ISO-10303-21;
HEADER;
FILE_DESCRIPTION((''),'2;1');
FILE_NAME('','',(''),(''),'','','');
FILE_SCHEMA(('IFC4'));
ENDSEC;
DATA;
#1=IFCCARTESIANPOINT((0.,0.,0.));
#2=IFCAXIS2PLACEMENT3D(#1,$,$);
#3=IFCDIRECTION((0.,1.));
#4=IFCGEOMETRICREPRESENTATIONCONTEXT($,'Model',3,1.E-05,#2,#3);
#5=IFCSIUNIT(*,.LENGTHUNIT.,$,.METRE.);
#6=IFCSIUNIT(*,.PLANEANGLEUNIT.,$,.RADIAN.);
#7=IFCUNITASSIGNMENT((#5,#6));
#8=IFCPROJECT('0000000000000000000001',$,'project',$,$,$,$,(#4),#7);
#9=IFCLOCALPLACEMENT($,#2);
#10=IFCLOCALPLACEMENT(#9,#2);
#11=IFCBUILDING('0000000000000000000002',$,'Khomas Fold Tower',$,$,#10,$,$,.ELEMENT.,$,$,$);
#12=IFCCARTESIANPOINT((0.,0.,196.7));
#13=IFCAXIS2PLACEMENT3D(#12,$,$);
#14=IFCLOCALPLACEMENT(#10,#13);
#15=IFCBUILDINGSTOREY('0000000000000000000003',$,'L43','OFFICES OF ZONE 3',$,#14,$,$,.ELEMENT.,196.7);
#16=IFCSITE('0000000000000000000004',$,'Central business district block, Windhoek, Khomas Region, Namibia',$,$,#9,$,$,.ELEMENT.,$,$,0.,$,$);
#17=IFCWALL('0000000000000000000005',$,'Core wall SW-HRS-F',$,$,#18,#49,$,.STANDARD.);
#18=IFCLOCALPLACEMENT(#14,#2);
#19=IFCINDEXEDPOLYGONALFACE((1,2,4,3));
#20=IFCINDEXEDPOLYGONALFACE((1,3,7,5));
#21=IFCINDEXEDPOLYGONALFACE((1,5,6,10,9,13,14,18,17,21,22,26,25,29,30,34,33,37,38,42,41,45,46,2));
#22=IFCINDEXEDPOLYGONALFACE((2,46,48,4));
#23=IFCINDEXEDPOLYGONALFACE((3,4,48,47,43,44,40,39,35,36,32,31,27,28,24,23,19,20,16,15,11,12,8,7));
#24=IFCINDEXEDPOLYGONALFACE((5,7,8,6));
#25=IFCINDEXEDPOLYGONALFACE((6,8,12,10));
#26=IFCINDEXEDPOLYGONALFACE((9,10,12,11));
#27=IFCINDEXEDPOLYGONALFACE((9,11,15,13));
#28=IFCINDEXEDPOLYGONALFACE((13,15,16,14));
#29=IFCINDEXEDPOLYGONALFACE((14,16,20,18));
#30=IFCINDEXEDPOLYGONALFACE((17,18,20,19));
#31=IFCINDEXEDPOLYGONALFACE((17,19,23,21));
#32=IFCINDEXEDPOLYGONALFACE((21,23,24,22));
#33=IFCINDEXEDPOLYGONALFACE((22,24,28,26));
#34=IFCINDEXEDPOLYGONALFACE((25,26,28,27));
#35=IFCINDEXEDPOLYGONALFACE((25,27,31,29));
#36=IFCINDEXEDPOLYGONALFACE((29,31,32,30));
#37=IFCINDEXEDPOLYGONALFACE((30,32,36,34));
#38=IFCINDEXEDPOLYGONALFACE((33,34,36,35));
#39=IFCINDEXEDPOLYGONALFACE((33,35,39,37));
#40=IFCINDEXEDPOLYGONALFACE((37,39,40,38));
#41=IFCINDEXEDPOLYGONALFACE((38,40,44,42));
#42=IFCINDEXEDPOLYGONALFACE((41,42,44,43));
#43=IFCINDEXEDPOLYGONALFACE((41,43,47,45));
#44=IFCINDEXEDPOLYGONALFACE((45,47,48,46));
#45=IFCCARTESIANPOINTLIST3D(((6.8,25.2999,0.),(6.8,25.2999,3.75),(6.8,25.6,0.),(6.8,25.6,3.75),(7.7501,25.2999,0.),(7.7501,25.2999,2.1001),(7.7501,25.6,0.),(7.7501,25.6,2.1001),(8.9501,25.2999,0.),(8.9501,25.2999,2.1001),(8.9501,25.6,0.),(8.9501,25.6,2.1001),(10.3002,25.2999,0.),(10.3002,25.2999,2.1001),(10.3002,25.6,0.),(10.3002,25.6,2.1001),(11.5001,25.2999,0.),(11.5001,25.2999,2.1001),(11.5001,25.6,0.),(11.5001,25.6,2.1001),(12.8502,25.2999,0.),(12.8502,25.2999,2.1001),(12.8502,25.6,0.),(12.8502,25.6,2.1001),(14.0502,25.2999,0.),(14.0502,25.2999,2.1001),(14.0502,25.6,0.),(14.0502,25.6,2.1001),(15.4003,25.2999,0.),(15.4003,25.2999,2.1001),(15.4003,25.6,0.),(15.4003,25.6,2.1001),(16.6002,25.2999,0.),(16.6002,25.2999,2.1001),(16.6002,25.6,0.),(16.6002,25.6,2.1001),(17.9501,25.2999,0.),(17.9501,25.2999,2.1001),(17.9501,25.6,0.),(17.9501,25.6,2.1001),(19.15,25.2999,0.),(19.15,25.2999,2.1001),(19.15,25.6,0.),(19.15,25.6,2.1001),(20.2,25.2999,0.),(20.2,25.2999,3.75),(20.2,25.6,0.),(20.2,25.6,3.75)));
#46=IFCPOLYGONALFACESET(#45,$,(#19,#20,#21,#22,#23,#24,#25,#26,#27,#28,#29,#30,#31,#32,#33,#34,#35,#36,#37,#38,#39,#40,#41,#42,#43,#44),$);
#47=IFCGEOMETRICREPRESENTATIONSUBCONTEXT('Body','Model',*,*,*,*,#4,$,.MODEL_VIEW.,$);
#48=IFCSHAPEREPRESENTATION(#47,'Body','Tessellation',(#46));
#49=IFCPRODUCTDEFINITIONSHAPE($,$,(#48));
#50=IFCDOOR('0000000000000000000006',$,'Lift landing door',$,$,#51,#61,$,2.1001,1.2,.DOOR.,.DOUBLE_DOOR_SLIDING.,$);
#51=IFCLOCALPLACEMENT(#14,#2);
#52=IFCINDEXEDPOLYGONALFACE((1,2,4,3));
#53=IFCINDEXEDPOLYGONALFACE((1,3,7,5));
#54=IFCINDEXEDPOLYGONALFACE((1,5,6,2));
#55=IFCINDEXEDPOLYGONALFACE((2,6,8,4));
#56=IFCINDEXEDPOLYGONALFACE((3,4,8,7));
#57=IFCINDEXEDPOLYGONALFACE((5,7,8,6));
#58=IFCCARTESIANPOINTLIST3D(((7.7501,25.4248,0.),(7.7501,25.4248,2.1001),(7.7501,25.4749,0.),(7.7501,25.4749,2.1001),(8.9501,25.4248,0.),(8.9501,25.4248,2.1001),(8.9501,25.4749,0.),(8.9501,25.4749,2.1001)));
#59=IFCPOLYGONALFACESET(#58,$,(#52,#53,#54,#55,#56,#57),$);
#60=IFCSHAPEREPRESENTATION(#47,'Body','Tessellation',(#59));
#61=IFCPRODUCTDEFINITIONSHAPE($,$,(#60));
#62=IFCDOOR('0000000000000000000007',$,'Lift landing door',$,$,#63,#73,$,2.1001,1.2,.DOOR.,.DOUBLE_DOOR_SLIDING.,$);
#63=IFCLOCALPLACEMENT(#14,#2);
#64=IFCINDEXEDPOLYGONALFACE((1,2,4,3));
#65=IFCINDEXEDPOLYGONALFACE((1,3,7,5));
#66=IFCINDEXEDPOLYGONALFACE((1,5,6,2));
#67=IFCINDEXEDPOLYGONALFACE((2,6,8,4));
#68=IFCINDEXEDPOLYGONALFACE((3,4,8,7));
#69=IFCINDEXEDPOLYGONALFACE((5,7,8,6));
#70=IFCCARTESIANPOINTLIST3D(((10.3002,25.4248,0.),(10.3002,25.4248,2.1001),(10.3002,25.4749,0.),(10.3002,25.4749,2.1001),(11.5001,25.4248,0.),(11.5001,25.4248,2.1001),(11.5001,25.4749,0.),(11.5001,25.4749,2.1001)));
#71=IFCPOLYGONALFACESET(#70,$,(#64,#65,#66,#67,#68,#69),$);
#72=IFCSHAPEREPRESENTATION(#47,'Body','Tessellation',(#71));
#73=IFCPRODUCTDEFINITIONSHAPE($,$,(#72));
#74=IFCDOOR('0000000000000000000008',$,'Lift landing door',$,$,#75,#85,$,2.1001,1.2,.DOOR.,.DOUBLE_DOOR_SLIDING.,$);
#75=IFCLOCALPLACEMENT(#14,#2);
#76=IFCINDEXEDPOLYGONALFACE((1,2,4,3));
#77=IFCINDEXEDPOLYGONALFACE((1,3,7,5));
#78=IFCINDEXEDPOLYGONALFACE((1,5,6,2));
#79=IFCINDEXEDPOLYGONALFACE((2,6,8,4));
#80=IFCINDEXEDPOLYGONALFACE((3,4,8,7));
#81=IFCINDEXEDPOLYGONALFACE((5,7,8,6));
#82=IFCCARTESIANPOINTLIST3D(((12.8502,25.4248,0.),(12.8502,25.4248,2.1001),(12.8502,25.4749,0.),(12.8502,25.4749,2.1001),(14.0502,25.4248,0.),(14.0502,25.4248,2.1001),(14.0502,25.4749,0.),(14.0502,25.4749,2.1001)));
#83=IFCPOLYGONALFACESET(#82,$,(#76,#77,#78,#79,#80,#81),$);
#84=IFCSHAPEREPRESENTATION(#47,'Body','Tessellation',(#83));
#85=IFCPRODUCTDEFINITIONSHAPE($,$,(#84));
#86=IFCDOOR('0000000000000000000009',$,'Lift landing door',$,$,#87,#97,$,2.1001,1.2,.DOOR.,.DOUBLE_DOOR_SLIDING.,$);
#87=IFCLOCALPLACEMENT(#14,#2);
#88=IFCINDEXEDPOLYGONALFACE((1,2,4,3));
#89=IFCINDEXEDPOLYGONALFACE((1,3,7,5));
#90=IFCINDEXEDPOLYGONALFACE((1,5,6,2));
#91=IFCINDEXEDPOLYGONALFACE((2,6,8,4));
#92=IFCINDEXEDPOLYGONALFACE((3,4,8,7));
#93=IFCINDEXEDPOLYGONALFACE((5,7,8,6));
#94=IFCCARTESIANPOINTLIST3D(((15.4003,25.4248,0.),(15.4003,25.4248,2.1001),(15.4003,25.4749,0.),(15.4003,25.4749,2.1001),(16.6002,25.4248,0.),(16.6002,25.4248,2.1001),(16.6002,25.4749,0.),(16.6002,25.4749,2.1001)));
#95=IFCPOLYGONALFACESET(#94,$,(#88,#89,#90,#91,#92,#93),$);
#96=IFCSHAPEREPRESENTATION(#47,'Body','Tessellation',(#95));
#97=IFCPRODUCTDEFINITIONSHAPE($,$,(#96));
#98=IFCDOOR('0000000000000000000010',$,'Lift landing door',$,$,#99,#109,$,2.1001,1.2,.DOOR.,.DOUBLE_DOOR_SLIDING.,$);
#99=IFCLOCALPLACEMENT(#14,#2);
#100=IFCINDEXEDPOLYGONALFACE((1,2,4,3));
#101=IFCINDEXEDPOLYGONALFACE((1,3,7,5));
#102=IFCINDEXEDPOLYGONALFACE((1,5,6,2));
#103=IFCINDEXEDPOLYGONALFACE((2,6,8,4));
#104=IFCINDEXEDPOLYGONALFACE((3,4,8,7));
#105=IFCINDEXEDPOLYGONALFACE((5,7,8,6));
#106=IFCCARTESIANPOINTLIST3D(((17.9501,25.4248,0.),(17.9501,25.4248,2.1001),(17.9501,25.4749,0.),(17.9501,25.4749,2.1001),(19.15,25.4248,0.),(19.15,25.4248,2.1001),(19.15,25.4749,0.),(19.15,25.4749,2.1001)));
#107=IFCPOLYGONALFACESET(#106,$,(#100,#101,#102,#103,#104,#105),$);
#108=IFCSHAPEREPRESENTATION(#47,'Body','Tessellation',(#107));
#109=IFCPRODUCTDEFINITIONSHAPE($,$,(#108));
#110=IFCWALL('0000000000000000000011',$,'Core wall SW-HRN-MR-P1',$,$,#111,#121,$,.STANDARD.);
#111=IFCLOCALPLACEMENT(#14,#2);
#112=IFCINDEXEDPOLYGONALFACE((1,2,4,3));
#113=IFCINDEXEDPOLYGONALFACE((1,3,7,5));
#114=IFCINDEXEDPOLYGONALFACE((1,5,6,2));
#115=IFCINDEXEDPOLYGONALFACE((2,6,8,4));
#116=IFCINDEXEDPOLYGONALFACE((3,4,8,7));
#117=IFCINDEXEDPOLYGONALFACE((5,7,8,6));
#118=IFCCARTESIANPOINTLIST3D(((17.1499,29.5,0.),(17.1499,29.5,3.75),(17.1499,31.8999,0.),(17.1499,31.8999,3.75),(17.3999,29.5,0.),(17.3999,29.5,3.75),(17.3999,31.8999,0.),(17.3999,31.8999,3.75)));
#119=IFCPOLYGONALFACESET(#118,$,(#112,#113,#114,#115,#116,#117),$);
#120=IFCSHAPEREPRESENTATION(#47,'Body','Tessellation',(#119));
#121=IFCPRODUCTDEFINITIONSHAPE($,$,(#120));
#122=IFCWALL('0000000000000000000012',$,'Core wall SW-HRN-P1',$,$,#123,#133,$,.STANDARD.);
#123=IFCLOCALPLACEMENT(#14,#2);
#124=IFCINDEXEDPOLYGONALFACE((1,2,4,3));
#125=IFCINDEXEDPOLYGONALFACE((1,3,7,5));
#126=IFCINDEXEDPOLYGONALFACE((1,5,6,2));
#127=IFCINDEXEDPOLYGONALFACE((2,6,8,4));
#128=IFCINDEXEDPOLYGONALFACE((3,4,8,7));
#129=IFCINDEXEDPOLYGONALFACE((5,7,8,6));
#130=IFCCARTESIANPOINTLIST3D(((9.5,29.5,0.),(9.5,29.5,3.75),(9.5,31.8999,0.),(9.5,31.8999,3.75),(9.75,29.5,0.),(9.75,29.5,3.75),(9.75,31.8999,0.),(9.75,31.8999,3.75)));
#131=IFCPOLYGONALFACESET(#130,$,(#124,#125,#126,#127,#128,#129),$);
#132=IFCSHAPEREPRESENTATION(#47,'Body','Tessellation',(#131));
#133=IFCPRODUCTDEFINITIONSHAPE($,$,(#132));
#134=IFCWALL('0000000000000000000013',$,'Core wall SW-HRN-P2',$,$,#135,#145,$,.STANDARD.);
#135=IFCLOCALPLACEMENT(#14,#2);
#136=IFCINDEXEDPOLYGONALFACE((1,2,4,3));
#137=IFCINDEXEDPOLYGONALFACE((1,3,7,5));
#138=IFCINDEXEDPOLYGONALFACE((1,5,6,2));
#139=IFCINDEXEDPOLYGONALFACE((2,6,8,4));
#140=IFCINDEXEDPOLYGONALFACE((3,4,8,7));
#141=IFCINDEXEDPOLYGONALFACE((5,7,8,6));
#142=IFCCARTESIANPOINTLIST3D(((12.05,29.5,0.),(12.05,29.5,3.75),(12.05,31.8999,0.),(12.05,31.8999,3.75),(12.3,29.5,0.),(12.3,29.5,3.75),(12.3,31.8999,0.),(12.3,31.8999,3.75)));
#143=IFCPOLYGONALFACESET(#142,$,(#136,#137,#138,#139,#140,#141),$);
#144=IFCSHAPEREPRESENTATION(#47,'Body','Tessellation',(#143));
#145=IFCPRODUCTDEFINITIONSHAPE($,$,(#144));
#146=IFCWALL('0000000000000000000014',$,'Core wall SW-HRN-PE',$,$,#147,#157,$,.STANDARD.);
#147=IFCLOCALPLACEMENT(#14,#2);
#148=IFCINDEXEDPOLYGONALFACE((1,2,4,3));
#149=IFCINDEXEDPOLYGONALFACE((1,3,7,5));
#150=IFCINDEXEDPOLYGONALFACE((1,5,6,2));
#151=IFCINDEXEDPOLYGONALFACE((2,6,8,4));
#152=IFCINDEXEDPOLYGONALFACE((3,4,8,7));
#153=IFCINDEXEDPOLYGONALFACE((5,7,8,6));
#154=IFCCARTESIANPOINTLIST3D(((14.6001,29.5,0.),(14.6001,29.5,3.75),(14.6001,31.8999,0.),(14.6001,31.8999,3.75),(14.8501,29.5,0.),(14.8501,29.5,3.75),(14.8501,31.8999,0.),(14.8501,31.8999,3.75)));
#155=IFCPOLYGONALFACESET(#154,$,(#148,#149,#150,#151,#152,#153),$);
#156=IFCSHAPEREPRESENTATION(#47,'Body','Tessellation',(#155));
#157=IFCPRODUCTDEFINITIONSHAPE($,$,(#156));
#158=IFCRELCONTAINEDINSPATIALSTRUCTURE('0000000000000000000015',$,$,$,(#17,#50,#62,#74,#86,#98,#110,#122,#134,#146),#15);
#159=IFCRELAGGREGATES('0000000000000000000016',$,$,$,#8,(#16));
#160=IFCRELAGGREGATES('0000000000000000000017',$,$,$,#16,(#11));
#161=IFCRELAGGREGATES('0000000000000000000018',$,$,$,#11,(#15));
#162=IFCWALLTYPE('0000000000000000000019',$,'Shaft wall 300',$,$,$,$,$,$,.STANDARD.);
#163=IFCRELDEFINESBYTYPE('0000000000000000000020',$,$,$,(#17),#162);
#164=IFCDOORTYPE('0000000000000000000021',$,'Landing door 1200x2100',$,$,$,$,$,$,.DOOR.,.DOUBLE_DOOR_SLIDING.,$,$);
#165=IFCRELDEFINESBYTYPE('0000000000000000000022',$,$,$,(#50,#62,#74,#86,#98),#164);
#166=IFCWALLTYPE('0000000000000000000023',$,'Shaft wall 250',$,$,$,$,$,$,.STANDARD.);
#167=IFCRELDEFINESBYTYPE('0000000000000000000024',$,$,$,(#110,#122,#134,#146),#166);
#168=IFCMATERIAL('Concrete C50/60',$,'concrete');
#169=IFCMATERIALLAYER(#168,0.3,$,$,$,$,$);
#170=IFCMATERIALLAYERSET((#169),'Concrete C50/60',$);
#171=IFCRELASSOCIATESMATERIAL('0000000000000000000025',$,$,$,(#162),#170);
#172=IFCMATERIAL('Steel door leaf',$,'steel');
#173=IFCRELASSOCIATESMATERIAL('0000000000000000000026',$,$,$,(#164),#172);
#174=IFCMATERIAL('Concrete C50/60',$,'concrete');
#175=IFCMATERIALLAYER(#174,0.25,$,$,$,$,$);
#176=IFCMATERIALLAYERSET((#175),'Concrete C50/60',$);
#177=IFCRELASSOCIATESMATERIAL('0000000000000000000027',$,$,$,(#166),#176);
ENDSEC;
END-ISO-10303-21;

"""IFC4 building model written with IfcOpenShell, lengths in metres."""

from ifc_helpers import new_model, si_unit, direction, frame, frame_2d, origin, place, context, subcontext, project, spatial, rectangle, extrude, source, transform, mapped, material, layer, layer_set, type_object, element, fill, save


model = new_model("IFC4")

# Units and contexts
model_context = context("Model", 3, precision=1e-05, world=origin(), true_north=direction((0.0, 1.0)))
body_context = subcontext(model_context, "Body", "Model", "MODEL_VIEW")
ifc_project = project(units=[si_unit("LENGTHUNIT", "METRE"), si_unit("PLANEANGLEUNIT", "RADIAN")], contexts=[model_context])

# Site, building, storey
site_placement = place(None, origin())
site = spatial("IfcSite", under=ifc_project, at=site_placement, Name="Central business district block, Windhoek, Khomas Region, Namibia", CompositionType="ELEMENT", RefElevation=0.0)
building_placement = place(site_placement, origin())
building = spatial("IfcBuilding", under=site, at=building_placement, Name="Khomas Fold Tower", CompositionType="ELEMENT")
storey_placement = place(building_placement, frame((0.0, 0.0, 196.7)))
storey = spatial("IfcBuildingStorey", under=building, at=storey_placement, Name="L43", Description="OFFICES OF ZONE 3", CompositionType="ELEMENT", Elevation=196.7)

# Wall, openings, doors
ifc_material_1 = material(Name="Concrete C50/60", Category="concrete")
ifc_layer_1 = layer(ifc_material_1, 0.3)
ifc_layer_set_1 = layer_set([ifc_layer_1], Name="Concrete C50/60")
wall_type_1 = type_object("IfcWallType", Name="Shaft wall 300", PredefinedType="STANDARD", material=ifc_layer_set_1)
shared_shape_1 = source(origin(), body_context, "Body", "SweptSolid", [
    extrude(rectangle(XDim=13.3999, YDim=0.3, at=frame_2d((6.7, 0.0))), origin(), (0.0, 0.0, 1.0), 3.75),
])
shared_shape_2 = source(origin(), body_context, "Body", "SweptSolid", [
    extrude(rectangle(XDim=1.2, YDim=2.1001, at=frame_2d((0.6001, 1.05))), frame((0.0, 0.1599, 0.0), z_axis=(0.0, -1.0, 0.0), x_axis=(1.0, 0.0, 0.0)), (0.0, 0.0, 1.0), 0.3201),
])
ifc_material_2 = material(Name="Steel door leaf", Category="steel")
door_type = type_object("IfcDoorType", Name="Landing door 1200x2100", OperationType="DOUBLE_DOOR_SLIDING", PredefinedType="DOOR", material=ifc_material_2)
shared_shape_3 = source(origin(), body_context, "Body", "SweptSolid", [
    extrude(rectangle(XDim=1.2, YDim=2.1001, at=frame_2d((0.6001, 1.05))), frame((0.0, 0.0249, 0.0), z_axis=(0.0, -1.0, 0.0), x_axis=(1.0, 0.0, 0.0)), (0.0, 0.0, 1.0), 0.05),
])
wall_1_placement = place(storey_placement, frame((6.8, 25.45, 0.0), z_axis=(0.0, 0.0, 1.0), x_axis=(1.0, 0.0, 0.0)))
wall_1 = element("IfcWall", 1, at=wall_1_placement, inside=storey, type_object=wall_type_1, Name="Core wall SW-HRS-F", PredefinedType="STANDARD", context=body_context, shape_type="MappedRepresentation", body=[
    mapped(shared_shape_1, transform((0.0, 0.0, 0.0))),
])
opening_1_placement = place(wall_1_placement, frame((0.95, 0.0, 0.0)))
opening_1 = element("IfcOpeningElement", 2, at=opening_1_placement, cuts=wall_1, PredefinedType="OPENING", context=body_context, shape_type="MappedRepresentation", body=[
    mapped(shared_shape_2, transform((0.0, 0.0, 0.0))),
])
opening_2_placement = place(wall_1_placement, frame((3.5, 0.0, 0.0)))
opening_2 = element("IfcOpeningElement", 3, at=opening_2_placement, cuts=wall_1, PredefinedType="OPENING", context=body_context, shape_type="MappedRepresentation", body=[
    mapped(shared_shape_2, transform((0.0, 0.0, 0.0))),
])
opening_3_placement = place(wall_1_placement, frame((6.05, 0.0, 0.0)))
opening_3 = element("IfcOpeningElement", 4, at=opening_3_placement, cuts=wall_1, PredefinedType="OPENING", context=body_context, shape_type="MappedRepresentation", body=[
    mapped(shared_shape_2, transform((0.0, 0.0, 0.0))),
])
opening_4_placement = place(wall_1_placement, frame((8.6001, 0.0, 0.0)))
opening_4 = element("IfcOpeningElement", 5, at=opening_4_placement, cuts=wall_1, PredefinedType="OPENING", context=body_context, shape_type="MappedRepresentation", body=[
    mapped(shared_shape_2, transform((0.0, 0.0, 0.0))),
])
opening_5_placement = place(wall_1_placement, frame((11.1499, 0.0, 0.0)))
opening_5 = element("IfcOpeningElement", 6, at=opening_5_placement, cuts=wall_1, PredefinedType="OPENING", context=body_context, shape_type="MappedRepresentation", body=[
    mapped(shared_shape_2, transform((0.0, 0.0, 0.0))),
])
door_1_placement = place(opening_1_placement, origin())
door_1 = element("IfcDoor", 7, at=door_1_placement, inside=storey, type_object=door_type, Name="Lift landing door", OperationType="DOUBLE_DOOR_SLIDING", OverallHeight=2.1001, OverallWidth=1.2, PredefinedType="DOOR", context=body_context, shape_type="MappedRepresentation", body=[
    mapped(shared_shape_3, transform((0.0, 0.0, 0.0))),
])
fill(opening_1, door_1)
door_2_placement = place(opening_2_placement, origin())
door_2 = element("IfcDoor", 8, at=door_2_placement, inside=storey, type_object=door_type, Name="Lift landing door", OperationType="DOUBLE_DOOR_SLIDING", OverallHeight=2.1001, OverallWidth=1.2, PredefinedType="DOOR", context=body_context, shape_type="MappedRepresentation", body=[
    mapped(shared_shape_3, transform((0.0, 0.0, 0.0))),
])
fill(opening_2, door_2)
door_3_placement = place(opening_3_placement, origin())
door_3 = element("IfcDoor", 9, at=door_3_placement, inside=storey, type_object=door_type, Name="Lift landing door", OperationType="DOUBLE_DOOR_SLIDING", OverallHeight=2.1001, OverallWidth=1.2, PredefinedType="DOOR", context=body_context, shape_type="MappedRepresentation", body=[
    mapped(shared_shape_3, transform((0.0, 0.0, 0.0))),
])
fill(opening_3, door_3)
door_4_placement = place(opening_4_placement, origin())
door_4 = element("IfcDoor", 10, at=door_4_placement, inside=storey, type_object=door_type, Name="Lift landing door", OperationType="DOUBLE_DOOR_SLIDING", OverallHeight=2.1001, OverallWidth=1.2, PredefinedType="DOOR", context=body_context, shape_type="MappedRepresentation", body=[
    mapped(shared_shape_3, transform((0.0, 0.0, 0.0))),
])
fill(opening_4, door_4)
door_5_placement = place(opening_5_placement, origin())
door_5 = element("IfcDoor", 11, at=door_5_placement, inside=storey, type_object=door_type, Name="Lift landing door", OperationType="DOUBLE_DOOR_SLIDING", OverallHeight=2.1001, OverallWidth=1.2, PredefinedType="DOOR", context=body_context, shape_type="MappedRepresentation", body=[
    mapped(shared_shape_3, transform((0.0, 0.0, 0.0))),
])
fill(opening_5, door_5)

# Walls
ifc_material_3 = material(Name="Concrete C50/60", Category="concrete")
ifc_layer_2 = layer(ifc_material_3, 0.25)
ifc_layer_set_2 = layer_set([ifc_layer_2], Name="Concrete C50/60")
wall_type_2 = type_object("IfcWallType", Name="Shaft wall 250", PredefinedType="STANDARD", material=ifc_layer_set_2)
shared_shape_4 = source(origin(), body_context, "Body", "SweptSolid", [
    extrude(rectangle(XDim=2.3999, YDim=0.25, at=frame_2d((1.2, 0.0))), origin(), (0.0, 0.0, 1.0), 3.75),
])
for number, where, z_axis, x_axis, name in (
    (12, (17.2749, 29.5, 0.0), (0.0, 0.0, 1.0), (0.0, 1.0, 0.0), "Core wall SW-HRN-MR-P1"),
    (13, (9.625, 29.5, 0.0), (0.0, 0.0, 1.0), (0.0, 1.0, 0.0), "Core wall SW-HRN-P1"),
    (14, (12.175, 29.5, 0.0), (0.0, 0.0, 1.0), (0.0, 1.0, 0.0), "Core wall SW-HRN-P2"),
    (15, (14.7251, 29.5, 0.0), (0.0, 0.0, 1.0), (0.0, 1.0, 0.0), "Core wall SW-HRN-PE"),
):
    element("IfcWall", number, at=place(storey_placement, frame(where, z_axis=z_axis, x_axis=x_axis)), inside=storey, type_object=wall_type_2, Name=name, PredefinedType="STANDARD", context=body_context, shape_type="MappedRepresentation", body=[
        mapped(shared_shape_4, transform((0.0, 0.0, 0.0))),
    ])

save(model, "model.ifc")
